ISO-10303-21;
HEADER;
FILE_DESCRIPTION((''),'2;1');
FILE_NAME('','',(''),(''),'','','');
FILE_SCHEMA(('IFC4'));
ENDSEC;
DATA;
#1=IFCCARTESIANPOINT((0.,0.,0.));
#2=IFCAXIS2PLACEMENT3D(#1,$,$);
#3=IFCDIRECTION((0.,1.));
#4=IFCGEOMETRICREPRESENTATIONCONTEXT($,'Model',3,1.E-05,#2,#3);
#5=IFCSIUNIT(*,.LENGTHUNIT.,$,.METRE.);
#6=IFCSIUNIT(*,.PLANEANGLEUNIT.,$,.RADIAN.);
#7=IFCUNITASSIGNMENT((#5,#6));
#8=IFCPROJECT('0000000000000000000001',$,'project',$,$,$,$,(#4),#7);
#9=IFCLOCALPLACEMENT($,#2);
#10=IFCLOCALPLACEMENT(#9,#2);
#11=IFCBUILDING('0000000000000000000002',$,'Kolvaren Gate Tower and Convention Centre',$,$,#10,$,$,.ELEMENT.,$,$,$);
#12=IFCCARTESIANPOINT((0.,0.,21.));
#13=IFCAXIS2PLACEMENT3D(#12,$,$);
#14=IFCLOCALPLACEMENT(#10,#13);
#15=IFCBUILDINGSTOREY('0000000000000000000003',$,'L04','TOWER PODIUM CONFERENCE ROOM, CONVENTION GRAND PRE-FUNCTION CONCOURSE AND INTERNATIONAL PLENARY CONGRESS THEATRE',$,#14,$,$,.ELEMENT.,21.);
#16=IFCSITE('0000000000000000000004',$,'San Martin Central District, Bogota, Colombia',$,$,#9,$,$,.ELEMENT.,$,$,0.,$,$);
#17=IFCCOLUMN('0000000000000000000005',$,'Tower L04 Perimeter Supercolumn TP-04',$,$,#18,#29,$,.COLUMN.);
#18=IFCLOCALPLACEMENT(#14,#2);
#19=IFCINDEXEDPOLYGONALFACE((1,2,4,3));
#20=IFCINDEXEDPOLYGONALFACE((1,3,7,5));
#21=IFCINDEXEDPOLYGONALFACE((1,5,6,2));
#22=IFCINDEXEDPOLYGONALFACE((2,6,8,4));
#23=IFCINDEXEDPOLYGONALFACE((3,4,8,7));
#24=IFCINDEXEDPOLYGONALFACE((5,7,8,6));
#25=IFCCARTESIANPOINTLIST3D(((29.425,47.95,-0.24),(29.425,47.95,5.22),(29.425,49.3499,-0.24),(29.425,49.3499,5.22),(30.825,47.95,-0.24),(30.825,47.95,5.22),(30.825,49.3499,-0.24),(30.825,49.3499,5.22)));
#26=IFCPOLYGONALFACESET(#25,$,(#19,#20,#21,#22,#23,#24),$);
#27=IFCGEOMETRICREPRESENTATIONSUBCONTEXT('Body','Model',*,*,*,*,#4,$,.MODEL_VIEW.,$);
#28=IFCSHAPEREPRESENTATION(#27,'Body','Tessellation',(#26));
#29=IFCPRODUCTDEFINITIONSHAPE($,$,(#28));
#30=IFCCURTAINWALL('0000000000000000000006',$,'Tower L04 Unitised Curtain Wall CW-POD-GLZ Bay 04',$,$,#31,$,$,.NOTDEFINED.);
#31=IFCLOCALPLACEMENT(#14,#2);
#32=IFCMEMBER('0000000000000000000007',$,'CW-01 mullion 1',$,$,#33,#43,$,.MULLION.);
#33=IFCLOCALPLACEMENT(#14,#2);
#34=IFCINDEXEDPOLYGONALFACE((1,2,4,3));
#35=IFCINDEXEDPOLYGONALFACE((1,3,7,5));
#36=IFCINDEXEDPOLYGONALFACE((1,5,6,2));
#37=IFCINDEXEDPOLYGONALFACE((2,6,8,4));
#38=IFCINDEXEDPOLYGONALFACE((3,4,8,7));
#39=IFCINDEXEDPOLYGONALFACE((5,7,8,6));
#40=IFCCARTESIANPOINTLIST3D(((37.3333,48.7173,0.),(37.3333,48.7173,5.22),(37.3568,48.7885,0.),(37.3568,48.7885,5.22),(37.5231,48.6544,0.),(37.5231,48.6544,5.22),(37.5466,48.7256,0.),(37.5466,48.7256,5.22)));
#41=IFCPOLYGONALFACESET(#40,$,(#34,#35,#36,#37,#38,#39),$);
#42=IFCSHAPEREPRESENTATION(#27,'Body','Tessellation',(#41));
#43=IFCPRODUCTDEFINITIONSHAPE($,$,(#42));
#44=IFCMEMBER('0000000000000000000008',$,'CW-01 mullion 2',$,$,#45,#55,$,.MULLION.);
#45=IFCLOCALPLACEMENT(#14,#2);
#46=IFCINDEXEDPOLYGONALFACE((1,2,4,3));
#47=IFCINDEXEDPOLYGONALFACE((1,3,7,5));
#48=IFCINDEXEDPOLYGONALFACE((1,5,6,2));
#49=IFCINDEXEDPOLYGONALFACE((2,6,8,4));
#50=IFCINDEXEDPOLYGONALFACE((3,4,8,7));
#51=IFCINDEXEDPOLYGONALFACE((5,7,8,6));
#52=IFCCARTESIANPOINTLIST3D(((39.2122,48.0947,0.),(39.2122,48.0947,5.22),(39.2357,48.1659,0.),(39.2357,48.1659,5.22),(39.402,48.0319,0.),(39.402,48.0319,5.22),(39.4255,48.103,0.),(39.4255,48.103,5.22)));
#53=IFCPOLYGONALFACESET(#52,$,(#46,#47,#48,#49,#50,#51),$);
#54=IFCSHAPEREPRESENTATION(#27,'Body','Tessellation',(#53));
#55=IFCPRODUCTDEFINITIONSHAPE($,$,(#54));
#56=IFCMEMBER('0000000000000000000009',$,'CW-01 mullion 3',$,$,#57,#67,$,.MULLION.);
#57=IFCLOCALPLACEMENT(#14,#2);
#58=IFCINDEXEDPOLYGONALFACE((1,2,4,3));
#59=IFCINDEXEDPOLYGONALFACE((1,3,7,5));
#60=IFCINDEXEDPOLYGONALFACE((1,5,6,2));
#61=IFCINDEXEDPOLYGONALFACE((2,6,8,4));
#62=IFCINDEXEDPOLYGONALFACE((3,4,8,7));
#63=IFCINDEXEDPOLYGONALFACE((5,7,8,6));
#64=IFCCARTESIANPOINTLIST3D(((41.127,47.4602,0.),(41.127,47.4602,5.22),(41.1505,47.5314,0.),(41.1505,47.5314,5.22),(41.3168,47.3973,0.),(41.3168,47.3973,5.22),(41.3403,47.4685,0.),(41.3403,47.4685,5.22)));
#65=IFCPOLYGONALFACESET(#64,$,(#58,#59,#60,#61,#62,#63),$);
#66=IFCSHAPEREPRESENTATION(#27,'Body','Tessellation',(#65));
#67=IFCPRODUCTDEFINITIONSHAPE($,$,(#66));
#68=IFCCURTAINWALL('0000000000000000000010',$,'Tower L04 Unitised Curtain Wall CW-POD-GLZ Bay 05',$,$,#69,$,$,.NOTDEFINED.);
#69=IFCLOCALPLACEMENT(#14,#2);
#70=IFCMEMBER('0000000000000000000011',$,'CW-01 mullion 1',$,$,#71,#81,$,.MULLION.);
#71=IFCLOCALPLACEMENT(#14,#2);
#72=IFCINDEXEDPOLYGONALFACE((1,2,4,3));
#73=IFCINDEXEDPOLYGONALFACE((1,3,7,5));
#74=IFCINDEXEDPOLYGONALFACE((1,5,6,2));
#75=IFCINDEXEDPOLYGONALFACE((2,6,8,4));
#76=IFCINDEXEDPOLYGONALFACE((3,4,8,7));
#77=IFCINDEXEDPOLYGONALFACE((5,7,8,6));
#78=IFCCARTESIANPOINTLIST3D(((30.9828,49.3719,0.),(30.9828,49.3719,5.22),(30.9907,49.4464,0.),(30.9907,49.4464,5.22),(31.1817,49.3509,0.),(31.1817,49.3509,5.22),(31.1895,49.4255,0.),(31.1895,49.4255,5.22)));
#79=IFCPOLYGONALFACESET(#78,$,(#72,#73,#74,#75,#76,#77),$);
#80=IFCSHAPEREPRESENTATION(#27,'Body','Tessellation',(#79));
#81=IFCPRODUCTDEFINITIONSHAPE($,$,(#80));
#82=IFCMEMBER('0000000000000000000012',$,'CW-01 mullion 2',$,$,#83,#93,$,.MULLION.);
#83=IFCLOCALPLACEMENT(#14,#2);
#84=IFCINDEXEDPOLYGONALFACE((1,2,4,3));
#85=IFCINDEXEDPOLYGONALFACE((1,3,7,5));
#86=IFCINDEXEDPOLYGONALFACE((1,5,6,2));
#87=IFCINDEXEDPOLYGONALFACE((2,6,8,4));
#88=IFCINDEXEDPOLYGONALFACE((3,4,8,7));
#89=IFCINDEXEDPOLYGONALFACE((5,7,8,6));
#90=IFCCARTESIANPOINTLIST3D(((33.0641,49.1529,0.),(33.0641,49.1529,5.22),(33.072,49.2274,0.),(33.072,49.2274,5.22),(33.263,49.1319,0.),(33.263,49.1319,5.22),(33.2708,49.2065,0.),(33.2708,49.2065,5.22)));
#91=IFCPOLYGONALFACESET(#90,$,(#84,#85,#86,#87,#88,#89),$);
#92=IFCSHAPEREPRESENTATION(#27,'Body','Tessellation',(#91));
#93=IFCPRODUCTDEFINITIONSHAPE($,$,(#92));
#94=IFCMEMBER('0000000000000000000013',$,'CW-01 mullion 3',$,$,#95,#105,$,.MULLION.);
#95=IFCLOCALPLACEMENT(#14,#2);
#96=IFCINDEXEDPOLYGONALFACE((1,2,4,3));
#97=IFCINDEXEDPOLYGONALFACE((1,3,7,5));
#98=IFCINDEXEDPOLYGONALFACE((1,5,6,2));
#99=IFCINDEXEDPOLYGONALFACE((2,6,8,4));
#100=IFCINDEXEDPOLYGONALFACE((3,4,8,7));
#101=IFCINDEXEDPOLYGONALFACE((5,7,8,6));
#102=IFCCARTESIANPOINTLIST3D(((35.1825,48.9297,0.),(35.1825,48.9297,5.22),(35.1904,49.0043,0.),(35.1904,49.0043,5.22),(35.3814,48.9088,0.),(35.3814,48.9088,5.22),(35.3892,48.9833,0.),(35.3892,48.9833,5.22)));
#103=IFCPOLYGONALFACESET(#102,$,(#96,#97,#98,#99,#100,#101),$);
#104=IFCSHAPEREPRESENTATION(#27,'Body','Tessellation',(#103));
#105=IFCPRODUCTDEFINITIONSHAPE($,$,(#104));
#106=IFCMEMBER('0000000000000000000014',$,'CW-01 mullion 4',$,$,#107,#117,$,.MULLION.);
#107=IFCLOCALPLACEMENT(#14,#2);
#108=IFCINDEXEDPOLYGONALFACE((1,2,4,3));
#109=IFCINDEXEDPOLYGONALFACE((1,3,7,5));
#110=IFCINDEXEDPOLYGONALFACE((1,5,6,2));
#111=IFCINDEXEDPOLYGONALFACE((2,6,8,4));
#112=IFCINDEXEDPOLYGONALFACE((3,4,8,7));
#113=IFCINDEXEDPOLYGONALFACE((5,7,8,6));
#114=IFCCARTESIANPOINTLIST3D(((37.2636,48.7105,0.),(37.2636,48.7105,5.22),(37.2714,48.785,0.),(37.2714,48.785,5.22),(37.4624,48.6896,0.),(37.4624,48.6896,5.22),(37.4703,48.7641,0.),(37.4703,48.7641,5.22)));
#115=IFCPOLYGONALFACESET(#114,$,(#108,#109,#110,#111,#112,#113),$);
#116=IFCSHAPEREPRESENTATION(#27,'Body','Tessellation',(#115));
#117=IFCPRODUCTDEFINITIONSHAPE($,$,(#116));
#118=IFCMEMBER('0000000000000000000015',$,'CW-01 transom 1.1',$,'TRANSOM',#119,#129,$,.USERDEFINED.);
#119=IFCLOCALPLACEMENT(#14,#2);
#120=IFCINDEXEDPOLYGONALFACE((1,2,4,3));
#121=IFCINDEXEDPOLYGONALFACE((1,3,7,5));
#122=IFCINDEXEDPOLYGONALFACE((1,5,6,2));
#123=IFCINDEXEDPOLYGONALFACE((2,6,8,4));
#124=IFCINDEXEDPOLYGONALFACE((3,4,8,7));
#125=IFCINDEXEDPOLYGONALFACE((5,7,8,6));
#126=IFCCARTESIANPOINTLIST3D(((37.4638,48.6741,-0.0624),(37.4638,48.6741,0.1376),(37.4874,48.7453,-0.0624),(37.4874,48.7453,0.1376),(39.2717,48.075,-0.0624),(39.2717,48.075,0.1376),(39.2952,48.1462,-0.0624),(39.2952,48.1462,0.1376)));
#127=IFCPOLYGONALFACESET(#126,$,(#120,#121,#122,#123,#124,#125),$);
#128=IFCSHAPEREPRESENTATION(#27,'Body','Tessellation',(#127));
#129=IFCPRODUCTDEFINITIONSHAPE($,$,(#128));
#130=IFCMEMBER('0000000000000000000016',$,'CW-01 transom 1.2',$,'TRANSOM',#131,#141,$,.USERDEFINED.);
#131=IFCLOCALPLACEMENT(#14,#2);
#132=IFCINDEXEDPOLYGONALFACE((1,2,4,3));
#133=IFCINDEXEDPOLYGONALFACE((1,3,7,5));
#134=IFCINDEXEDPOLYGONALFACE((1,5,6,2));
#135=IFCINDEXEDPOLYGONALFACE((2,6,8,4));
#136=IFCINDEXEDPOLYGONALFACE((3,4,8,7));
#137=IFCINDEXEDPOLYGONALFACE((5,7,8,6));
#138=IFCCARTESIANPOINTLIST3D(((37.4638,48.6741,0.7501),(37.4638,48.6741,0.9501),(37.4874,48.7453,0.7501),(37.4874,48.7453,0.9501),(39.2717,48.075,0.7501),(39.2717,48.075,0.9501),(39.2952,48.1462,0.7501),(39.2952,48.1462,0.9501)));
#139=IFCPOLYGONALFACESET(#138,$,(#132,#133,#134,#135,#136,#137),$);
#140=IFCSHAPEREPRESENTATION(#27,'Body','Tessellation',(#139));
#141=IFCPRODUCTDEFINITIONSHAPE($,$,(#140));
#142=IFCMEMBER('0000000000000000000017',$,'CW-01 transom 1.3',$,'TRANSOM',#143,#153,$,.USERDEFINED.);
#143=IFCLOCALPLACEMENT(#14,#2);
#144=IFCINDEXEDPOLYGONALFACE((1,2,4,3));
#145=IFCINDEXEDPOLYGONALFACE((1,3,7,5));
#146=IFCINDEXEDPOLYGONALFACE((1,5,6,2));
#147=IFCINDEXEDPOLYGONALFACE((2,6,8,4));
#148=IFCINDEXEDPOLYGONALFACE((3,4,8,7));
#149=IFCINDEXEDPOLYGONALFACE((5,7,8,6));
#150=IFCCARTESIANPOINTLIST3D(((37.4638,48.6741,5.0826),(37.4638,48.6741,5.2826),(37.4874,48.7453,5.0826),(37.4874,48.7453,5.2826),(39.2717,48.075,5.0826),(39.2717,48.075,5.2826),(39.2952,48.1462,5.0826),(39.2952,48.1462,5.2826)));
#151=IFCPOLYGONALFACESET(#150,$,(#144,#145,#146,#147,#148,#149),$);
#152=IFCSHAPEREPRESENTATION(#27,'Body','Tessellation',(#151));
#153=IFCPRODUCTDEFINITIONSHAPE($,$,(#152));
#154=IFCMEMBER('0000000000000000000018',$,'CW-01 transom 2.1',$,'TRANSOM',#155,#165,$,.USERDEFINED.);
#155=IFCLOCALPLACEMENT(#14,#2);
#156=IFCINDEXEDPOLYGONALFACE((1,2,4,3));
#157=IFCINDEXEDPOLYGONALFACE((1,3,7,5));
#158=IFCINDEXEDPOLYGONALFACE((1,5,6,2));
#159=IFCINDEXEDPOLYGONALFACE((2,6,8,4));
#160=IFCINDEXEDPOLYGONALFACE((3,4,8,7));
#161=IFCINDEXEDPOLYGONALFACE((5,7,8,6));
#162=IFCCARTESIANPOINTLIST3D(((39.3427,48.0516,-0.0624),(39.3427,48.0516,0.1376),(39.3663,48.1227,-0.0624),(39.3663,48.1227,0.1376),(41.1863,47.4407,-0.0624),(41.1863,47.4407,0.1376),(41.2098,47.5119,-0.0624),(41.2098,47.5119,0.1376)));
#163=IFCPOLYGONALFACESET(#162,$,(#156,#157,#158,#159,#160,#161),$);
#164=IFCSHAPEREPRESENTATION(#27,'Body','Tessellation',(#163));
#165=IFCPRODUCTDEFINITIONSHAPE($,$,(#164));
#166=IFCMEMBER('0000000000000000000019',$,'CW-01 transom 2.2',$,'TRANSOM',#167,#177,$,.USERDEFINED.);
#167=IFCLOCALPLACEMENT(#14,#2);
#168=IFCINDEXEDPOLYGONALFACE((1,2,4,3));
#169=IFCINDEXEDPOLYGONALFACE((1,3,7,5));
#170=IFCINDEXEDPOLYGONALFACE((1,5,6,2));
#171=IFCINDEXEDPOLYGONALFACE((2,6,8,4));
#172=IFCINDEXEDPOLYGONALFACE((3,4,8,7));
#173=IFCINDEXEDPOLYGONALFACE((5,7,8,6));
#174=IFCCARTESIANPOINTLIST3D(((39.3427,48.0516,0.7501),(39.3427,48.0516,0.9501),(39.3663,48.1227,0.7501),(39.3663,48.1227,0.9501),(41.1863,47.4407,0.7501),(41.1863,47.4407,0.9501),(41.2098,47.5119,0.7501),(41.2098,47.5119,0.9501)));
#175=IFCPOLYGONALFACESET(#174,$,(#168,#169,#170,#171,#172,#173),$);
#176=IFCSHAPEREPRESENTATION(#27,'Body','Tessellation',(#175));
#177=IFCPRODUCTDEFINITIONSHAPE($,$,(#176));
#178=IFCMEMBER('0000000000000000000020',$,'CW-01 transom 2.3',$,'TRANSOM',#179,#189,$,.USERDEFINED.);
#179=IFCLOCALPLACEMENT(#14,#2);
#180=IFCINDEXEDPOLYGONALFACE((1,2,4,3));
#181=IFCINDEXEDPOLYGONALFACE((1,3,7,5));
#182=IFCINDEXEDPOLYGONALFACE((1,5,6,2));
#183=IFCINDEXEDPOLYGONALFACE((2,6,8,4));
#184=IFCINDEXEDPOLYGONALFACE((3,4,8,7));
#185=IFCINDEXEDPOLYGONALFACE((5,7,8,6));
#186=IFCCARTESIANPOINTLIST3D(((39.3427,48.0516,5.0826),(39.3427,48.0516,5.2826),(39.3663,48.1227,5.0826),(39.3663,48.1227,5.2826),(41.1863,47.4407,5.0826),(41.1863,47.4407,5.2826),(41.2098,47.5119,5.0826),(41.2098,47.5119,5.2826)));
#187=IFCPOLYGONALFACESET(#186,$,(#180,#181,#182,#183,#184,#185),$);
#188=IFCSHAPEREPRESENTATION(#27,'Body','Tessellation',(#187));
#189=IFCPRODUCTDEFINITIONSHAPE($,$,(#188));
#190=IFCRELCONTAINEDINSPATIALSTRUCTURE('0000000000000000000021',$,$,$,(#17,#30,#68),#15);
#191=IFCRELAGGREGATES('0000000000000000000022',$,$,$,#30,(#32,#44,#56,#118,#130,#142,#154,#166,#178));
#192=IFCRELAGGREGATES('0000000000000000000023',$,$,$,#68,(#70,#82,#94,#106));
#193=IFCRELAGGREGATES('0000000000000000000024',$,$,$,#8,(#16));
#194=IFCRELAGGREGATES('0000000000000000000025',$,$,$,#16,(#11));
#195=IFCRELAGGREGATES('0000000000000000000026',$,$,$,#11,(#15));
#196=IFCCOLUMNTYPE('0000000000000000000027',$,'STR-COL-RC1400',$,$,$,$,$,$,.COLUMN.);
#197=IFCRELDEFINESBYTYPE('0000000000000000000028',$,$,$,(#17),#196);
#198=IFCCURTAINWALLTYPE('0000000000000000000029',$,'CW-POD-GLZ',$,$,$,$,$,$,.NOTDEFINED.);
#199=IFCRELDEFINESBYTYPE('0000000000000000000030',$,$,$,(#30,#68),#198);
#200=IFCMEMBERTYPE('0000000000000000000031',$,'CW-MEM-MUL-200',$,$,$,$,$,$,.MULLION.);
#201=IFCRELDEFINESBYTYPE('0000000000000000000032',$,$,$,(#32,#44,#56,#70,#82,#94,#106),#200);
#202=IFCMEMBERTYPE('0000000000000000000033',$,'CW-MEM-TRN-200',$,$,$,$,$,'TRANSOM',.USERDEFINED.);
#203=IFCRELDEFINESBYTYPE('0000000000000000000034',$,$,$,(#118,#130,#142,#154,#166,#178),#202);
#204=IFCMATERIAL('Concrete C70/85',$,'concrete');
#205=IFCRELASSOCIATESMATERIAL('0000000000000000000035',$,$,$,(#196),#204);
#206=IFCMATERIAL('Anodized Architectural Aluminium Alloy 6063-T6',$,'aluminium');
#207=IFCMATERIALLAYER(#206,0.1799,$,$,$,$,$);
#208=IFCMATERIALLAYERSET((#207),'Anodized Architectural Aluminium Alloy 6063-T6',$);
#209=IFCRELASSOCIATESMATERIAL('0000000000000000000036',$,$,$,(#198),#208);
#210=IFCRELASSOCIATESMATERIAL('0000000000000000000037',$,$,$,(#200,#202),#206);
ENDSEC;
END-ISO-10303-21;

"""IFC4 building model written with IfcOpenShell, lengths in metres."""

from ifc_helpers import new_model, si_unit, direction, frame, origin, origin_2d, place, context, subcontext, project, spatial, rectangle, extrude, material, layer, layer_set, material_profile, profile_set, type_object, element, aggregate, save


model = new_model("IFC4")

# Units and contexts
model_context = context("Model", 3, precision=1e-05, world=origin(), true_north=direction((0.0, 1.0)))
body_context = subcontext(model_context, "Body", "Model", "MODEL_VIEW")
ifc_project = project(units=[si_unit("LENGTHUNIT", "METRE"), si_unit("PLANEANGLEUNIT", "RADIAN")], contexts=[model_context])

# Site, building, storey
site_placement = place(None, origin())
site = spatial("IfcSite", under=ifc_project, at=site_placement, Name="San Martin Central District, Bogota, Colombia", CompositionType="ELEMENT", RefElevation=0.0)
building_placement = place(site_placement, origin())
building = spatial("IfcBuilding", under=site, at=building_placement, Name="Kolvaren Gate Tower and Convention Centre", CompositionType="ELEMENT")
storey_placement = place(building_placement, frame((0.0, 0.0, 21.0)))
storey = spatial("IfcBuildingStorey", under=building, at=storey_placement, Name="L04", Description="TOWER PODIUM CONFERENCE ROOM, CONVENTION GRAND PRE-FUNCTION CONCOURSE AND INTERNATIONAL PLENARY CONGRESS THEATRE", CompositionType="ELEMENT", Elevation=21.0)

# Column
ifc_material_1 = material(Name="Concrete C70/85", Category="concrete")
ifc_material_profile_1 = material_profile(ifc_material_1, rectangle(XDim=1.3999, YDim=1.3999, at=origin_2d()), Name="RC-COL-1400X1400")
ifc_profile_set_1 = profile_set([ifc_material_profile_1], Name="Concrete C70/85")
column_type = type_object("IfcColumnType", Name="STR-COL-RC1400", PredefinedType="COLUMN", material=ifc_profile_set_1)
column_placement = place(storey_placement, frame((30.125, 48.6499, -0.24), z_axis=(0.0, 0.0, 1.0), x_axis=(1.0, 0.0, 0.0)))
element("IfcColumn", 1, at=column_placement, inside=storey, type_object=column_type, Name="Tower L04 Perimeter Supercolumn TP-04", PredefinedType="COLUMN", context=body_context, shape_type="SweptSolid", body=[
    extrude(rectangle(XDim=1.3999, YDim=1.3999, at=origin_2d()), origin(), (0.0, 0.0, 1.0), 5.46),
])

# Curtain walls, members
ifc_material_2 = material(Name="Anodized Architectural Aluminium Alloy 6063-T6", Category="aluminium")
ifc_layer_1 = layer(ifc_material_2, 0.1799)
ifc_layer_set_1 = layer_set([ifc_layer_1], Name="Anodized Architectural Aluminium Alloy 6063-T6")
curtain_wall_type = type_object("IfcCurtainWallType", Name="CW-POD-GLZ", PredefinedType="NOTDEFINED", material=ifc_layer_set_1)
curtain_wall_1_placement = place(storey_placement, origin())
curtain_wall_1 = element("IfcCurtainWall", 2, at=curtain_wall_1_placement, inside=storey, type_object=curtain_wall_type, Name="Tower L04 Unitised Curtain Wall CW-POD-GLZ Bay 04", PredefinedType="NOTDEFINED")
ifc_material_profile_2 = material_profile(ifc_material_2, rectangle(XDim=0.075, YDim=0.2, at=origin_2d()), Name="CW-MEM-MUL-200")
ifc_profile_set_2 = profile_set([ifc_material_profile_2], Name="Anodized Architectural Aluminium Alloy 6063-T6")
member_type_1 = type_object("IfcMemberType", Name="CW-MEM-MUL-200", PredefinedType="MULLION", material=ifc_profile_set_2)
member_1_placement = place(storey_placement, frame((37.4399, 48.7214, 0.0), z_axis=(0.0, 0.0, 1.0), x_axis=(0.314542, 0.949244, 0.0)))
member_1 = element("IfcMember", 3, at=member_1_placement, type_object=member_type_1, Name="CW-01 mullion 1", PredefinedType="MULLION", context=body_context, shape_type="SweptSolid", body=[
    extrude(rectangle(XDim=0.075, YDim=0.2, at=origin_2d()), origin(), (0.0, 0.0, 1.0), 5.22),
])
member_2_placement = place(storey_placement, frame((39.3188, 48.0989, 0.0), z_axis=(0.0, 0.0, 1.0), x_axis=(0.314542, 0.949244, 0.0)))
member_2 = element("IfcMember", 4, at=member_2_placement, type_object=member_type_1, Name="CW-01 mullion 2", PredefinedType="MULLION", context=body_context, shape_type="SweptSolid", body=[
    extrude(rectangle(XDim=0.075, YDim=0.2, at=origin_2d()), origin(), (0.0, 0.0, 1.0), 5.22),
])
member_3_placement = place(storey_placement, frame((41.2336, 47.4644, 0.0), z_axis=(0.0, 0.0, 1.0), x_axis=(0.314542, 0.949244, 0.0)))
member_3 = element("IfcMember", 5, at=member_3_placement, type_object=member_type_1, Name="CW-01 mullion 3", PredefinedType="MULLION", context=body_context, shape_type="SweptSolid", body=[
    extrude(rectangle(XDim=0.075, YDim=0.2, at=origin_2d()), origin(), (0.0, 0.0, 1.0), 5.22),
])
curtain_wall_2_placement = place(storey_placement, origin())
curtain_wall_2 = element("IfcCurtainWall", 6, at=curtain_wall_2_placement, inside=storey, type_object=curtain_wall_type, Name="Tower L04 Unitised Curtain Wall CW-POD-GLZ Bay 05", PredefinedType="NOTDEFINED")
member_4_placement = place(storey_placement, frame((31.0862, 49.3987, 0.0), z_axis=(0.0, 0.0, 1.0), x_axis=(0.104748, 0.994499, 0.0)))
member_4 = element("IfcMember", 7, at=member_4_placement, type_object=member_type_1, Name="CW-01 mullion 1", PredefinedType="MULLION", context=body_context, shape_type="SweptSolid", body=[
    extrude(rectangle(XDim=0.075, YDim=0.2, at=origin_2d()), origin(), (0.0, 0.0, 1.0), 5.22),
])
member_5_placement = place(storey_placement, frame((33.1675, 49.1797, 0.0), z_axis=(0.0, 0.0, 1.0), x_axis=(0.104748, 0.994499, 0.0)))
member_5 = element("IfcMember", 8, at=member_5_placement, type_object=member_type_1, Name="CW-01 mullion 2", PredefinedType="MULLION", context=body_context, shape_type="SweptSolid", body=[
    extrude(rectangle(XDim=0.075, YDim=0.2, at=origin_2d()), origin(), (0.0, 0.0, 1.0), 5.22),
])
member_6_placement = place(storey_placement, frame((35.2859, 48.9565, 0.0), z_axis=(0.0, 0.0, 1.0), x_axis=(0.104748, 0.994499, 0.0)))
member_6 = element("IfcMember", 9, at=member_6_placement, type_object=member_type_1, Name="CW-01 mullion 3", PredefinedType="MULLION", context=body_context, shape_type="SweptSolid", body=[
    extrude(rectangle(XDim=0.075, YDim=0.2, at=origin_2d()), origin(), (0.0, 0.0, 1.0), 5.22),
])
member_7_placement = place(storey_placement, frame((37.3669, 48.7373, 0.0), z_axis=(0.0, 0.0, 1.0), x_axis=(0.104748, 0.994499, 0.0)))
member_7 = element("IfcMember", 10, at=member_7_placement, type_object=member_type_1, Name="CW-01 mullion 4", PredefinedType="MULLION", context=body_context, shape_type="SweptSolid", body=[
    extrude(rectangle(XDim=0.075, YDim=0.2, at=origin_2d()), origin(), (0.0, 0.0, 1.0), 5.22),
])

# Members
ifc_material_profile_3 = material_profile(ifc_material_2, rectangle(XDim=0.075, YDim=0.2, at=origin_2d()), Name="CW-MEM-TRN-200")
ifc_profile_set_3 = profile_set([ifc_material_profile_3], Name="Anodized Architectural Aluminium Alloy 6063-T6")
member_type_2 = type_object("IfcMemberType", Name="CW-MEM-TRN-200", ElementType="TRANSOM", PredefinedType="USERDEFINED", material=ifc_profile_set_3)
member_8_placement = place(storey_placement, frame((37.4756, 48.7097, 0.0376), z_axis=(0.949233, -0.314574, 0.0), x_axis=(0.314574, 0.949233, 0.0)))
member_8 = element("IfcMember", 11, at=member_8_placement, type_object=member_type_2, Name="CW-01 transom 1.1", ObjectType="TRANSOM", PredefinedType="USERDEFINED", context=body_context, shape_type="SweptSolid", body=[
    extrude(rectangle(XDim=0.075, YDim=0.2, at=origin_2d()), origin(), (0.0, 0.0, 1.0), 1.9045),
])
member_9_placement = place(storey_placement, frame((37.4756, 48.7097, 0.8501), z_axis=(0.949233, -0.314574, 0.0), x_axis=(0.314574, 0.949233, 0.0)))
member_9 = element("IfcMember", 12, at=member_9_placement, type_object=member_type_2, Name="CW-01 transom 1.2", ObjectType="TRANSOM", PredefinedType="USERDEFINED", context=body_context, shape_type="SweptSolid", body=[
    extrude(rectangle(XDim=0.075, YDim=0.2, at=origin_2d()), origin(), (0.0, 0.0, 1.0), 1.9045),
])
member_10_placement = place(storey_placement, frame((37.4756, 48.7097, 5.1826), z_axis=(0.949233, -0.314574, 0.0), x_axis=(0.314574, 0.949233, 0.0)))
member_10 = element("IfcMember", 13, at=member_10_placement, type_object=member_type_2, Name="CW-01 transom 1.3", ObjectType="TRANSOM", PredefinedType="USERDEFINED", context=body_context, shape_type="SweptSolid", body=[
    extrude(rectangle(XDim=0.075, YDim=0.2, at=origin_2d()), origin(), (0.0, 0.0, 1.0), 1.9045),
])
member_11_placement = place(storey_placement, frame((39.3545, 48.0872, 0.0376), z_axis=(0.949247, -0.31453, 0.0), x_axis=(0.31453, 0.949247, 0.0)))
member_11 = element("IfcMember", 14, at=member_11_placement, type_object=member_type_2, Name="CW-01 transom 2.1", ObjectType="TRANSOM", PredefinedType="USERDEFINED", context=body_context, shape_type="SweptSolid", body=[
    extrude(rectangle(XDim=0.075, YDim=0.2, at=origin_2d()), origin(), (0.0, 0.0, 1.0), 1.9421),
])
member_12_placement = place(storey_placement, frame((39.3545, 48.0872, 0.8501), z_axis=(0.949247, -0.31453, 0.0), x_axis=(0.31453, 0.949247, 0.0)))
member_12 = element("IfcMember", 15, at=member_12_placement, type_object=member_type_2, Name="CW-01 transom 2.2", ObjectType="TRANSOM", PredefinedType="USERDEFINED", context=body_context, shape_type="SweptSolid", body=[
    extrude(rectangle(XDim=0.075, YDim=0.2, at=origin_2d()), origin(), (0.0, 0.0, 1.0), 1.9421),
])
member_13_placement = place(storey_placement, frame((39.3545, 48.0872, 5.1826), z_axis=(0.949247, -0.31453, 0.0), x_axis=(0.31453, 0.949247, 0.0)))
member_13 = element("IfcMember", 16, at=member_13_placement, type_object=member_type_2, Name="CW-01 transom 2.3", ObjectType="TRANSOM", PredefinedType="USERDEFINED", context=body_context, shape_type="SweptSolid", body=[
    extrude(rectangle(XDim=0.075, YDim=0.2, at=origin_2d()), origin(), (0.0, 0.0, 1.0), 1.9421),
])

aggregate(curtain_wall_1, [member_1, member_2, member_3, member_8, member_9, member_10, member_11, member_12, member_13])
aggregate(curtain_wall_2, [member_4, member_5, member_6, member_7])

save(model, "model.ifc")
